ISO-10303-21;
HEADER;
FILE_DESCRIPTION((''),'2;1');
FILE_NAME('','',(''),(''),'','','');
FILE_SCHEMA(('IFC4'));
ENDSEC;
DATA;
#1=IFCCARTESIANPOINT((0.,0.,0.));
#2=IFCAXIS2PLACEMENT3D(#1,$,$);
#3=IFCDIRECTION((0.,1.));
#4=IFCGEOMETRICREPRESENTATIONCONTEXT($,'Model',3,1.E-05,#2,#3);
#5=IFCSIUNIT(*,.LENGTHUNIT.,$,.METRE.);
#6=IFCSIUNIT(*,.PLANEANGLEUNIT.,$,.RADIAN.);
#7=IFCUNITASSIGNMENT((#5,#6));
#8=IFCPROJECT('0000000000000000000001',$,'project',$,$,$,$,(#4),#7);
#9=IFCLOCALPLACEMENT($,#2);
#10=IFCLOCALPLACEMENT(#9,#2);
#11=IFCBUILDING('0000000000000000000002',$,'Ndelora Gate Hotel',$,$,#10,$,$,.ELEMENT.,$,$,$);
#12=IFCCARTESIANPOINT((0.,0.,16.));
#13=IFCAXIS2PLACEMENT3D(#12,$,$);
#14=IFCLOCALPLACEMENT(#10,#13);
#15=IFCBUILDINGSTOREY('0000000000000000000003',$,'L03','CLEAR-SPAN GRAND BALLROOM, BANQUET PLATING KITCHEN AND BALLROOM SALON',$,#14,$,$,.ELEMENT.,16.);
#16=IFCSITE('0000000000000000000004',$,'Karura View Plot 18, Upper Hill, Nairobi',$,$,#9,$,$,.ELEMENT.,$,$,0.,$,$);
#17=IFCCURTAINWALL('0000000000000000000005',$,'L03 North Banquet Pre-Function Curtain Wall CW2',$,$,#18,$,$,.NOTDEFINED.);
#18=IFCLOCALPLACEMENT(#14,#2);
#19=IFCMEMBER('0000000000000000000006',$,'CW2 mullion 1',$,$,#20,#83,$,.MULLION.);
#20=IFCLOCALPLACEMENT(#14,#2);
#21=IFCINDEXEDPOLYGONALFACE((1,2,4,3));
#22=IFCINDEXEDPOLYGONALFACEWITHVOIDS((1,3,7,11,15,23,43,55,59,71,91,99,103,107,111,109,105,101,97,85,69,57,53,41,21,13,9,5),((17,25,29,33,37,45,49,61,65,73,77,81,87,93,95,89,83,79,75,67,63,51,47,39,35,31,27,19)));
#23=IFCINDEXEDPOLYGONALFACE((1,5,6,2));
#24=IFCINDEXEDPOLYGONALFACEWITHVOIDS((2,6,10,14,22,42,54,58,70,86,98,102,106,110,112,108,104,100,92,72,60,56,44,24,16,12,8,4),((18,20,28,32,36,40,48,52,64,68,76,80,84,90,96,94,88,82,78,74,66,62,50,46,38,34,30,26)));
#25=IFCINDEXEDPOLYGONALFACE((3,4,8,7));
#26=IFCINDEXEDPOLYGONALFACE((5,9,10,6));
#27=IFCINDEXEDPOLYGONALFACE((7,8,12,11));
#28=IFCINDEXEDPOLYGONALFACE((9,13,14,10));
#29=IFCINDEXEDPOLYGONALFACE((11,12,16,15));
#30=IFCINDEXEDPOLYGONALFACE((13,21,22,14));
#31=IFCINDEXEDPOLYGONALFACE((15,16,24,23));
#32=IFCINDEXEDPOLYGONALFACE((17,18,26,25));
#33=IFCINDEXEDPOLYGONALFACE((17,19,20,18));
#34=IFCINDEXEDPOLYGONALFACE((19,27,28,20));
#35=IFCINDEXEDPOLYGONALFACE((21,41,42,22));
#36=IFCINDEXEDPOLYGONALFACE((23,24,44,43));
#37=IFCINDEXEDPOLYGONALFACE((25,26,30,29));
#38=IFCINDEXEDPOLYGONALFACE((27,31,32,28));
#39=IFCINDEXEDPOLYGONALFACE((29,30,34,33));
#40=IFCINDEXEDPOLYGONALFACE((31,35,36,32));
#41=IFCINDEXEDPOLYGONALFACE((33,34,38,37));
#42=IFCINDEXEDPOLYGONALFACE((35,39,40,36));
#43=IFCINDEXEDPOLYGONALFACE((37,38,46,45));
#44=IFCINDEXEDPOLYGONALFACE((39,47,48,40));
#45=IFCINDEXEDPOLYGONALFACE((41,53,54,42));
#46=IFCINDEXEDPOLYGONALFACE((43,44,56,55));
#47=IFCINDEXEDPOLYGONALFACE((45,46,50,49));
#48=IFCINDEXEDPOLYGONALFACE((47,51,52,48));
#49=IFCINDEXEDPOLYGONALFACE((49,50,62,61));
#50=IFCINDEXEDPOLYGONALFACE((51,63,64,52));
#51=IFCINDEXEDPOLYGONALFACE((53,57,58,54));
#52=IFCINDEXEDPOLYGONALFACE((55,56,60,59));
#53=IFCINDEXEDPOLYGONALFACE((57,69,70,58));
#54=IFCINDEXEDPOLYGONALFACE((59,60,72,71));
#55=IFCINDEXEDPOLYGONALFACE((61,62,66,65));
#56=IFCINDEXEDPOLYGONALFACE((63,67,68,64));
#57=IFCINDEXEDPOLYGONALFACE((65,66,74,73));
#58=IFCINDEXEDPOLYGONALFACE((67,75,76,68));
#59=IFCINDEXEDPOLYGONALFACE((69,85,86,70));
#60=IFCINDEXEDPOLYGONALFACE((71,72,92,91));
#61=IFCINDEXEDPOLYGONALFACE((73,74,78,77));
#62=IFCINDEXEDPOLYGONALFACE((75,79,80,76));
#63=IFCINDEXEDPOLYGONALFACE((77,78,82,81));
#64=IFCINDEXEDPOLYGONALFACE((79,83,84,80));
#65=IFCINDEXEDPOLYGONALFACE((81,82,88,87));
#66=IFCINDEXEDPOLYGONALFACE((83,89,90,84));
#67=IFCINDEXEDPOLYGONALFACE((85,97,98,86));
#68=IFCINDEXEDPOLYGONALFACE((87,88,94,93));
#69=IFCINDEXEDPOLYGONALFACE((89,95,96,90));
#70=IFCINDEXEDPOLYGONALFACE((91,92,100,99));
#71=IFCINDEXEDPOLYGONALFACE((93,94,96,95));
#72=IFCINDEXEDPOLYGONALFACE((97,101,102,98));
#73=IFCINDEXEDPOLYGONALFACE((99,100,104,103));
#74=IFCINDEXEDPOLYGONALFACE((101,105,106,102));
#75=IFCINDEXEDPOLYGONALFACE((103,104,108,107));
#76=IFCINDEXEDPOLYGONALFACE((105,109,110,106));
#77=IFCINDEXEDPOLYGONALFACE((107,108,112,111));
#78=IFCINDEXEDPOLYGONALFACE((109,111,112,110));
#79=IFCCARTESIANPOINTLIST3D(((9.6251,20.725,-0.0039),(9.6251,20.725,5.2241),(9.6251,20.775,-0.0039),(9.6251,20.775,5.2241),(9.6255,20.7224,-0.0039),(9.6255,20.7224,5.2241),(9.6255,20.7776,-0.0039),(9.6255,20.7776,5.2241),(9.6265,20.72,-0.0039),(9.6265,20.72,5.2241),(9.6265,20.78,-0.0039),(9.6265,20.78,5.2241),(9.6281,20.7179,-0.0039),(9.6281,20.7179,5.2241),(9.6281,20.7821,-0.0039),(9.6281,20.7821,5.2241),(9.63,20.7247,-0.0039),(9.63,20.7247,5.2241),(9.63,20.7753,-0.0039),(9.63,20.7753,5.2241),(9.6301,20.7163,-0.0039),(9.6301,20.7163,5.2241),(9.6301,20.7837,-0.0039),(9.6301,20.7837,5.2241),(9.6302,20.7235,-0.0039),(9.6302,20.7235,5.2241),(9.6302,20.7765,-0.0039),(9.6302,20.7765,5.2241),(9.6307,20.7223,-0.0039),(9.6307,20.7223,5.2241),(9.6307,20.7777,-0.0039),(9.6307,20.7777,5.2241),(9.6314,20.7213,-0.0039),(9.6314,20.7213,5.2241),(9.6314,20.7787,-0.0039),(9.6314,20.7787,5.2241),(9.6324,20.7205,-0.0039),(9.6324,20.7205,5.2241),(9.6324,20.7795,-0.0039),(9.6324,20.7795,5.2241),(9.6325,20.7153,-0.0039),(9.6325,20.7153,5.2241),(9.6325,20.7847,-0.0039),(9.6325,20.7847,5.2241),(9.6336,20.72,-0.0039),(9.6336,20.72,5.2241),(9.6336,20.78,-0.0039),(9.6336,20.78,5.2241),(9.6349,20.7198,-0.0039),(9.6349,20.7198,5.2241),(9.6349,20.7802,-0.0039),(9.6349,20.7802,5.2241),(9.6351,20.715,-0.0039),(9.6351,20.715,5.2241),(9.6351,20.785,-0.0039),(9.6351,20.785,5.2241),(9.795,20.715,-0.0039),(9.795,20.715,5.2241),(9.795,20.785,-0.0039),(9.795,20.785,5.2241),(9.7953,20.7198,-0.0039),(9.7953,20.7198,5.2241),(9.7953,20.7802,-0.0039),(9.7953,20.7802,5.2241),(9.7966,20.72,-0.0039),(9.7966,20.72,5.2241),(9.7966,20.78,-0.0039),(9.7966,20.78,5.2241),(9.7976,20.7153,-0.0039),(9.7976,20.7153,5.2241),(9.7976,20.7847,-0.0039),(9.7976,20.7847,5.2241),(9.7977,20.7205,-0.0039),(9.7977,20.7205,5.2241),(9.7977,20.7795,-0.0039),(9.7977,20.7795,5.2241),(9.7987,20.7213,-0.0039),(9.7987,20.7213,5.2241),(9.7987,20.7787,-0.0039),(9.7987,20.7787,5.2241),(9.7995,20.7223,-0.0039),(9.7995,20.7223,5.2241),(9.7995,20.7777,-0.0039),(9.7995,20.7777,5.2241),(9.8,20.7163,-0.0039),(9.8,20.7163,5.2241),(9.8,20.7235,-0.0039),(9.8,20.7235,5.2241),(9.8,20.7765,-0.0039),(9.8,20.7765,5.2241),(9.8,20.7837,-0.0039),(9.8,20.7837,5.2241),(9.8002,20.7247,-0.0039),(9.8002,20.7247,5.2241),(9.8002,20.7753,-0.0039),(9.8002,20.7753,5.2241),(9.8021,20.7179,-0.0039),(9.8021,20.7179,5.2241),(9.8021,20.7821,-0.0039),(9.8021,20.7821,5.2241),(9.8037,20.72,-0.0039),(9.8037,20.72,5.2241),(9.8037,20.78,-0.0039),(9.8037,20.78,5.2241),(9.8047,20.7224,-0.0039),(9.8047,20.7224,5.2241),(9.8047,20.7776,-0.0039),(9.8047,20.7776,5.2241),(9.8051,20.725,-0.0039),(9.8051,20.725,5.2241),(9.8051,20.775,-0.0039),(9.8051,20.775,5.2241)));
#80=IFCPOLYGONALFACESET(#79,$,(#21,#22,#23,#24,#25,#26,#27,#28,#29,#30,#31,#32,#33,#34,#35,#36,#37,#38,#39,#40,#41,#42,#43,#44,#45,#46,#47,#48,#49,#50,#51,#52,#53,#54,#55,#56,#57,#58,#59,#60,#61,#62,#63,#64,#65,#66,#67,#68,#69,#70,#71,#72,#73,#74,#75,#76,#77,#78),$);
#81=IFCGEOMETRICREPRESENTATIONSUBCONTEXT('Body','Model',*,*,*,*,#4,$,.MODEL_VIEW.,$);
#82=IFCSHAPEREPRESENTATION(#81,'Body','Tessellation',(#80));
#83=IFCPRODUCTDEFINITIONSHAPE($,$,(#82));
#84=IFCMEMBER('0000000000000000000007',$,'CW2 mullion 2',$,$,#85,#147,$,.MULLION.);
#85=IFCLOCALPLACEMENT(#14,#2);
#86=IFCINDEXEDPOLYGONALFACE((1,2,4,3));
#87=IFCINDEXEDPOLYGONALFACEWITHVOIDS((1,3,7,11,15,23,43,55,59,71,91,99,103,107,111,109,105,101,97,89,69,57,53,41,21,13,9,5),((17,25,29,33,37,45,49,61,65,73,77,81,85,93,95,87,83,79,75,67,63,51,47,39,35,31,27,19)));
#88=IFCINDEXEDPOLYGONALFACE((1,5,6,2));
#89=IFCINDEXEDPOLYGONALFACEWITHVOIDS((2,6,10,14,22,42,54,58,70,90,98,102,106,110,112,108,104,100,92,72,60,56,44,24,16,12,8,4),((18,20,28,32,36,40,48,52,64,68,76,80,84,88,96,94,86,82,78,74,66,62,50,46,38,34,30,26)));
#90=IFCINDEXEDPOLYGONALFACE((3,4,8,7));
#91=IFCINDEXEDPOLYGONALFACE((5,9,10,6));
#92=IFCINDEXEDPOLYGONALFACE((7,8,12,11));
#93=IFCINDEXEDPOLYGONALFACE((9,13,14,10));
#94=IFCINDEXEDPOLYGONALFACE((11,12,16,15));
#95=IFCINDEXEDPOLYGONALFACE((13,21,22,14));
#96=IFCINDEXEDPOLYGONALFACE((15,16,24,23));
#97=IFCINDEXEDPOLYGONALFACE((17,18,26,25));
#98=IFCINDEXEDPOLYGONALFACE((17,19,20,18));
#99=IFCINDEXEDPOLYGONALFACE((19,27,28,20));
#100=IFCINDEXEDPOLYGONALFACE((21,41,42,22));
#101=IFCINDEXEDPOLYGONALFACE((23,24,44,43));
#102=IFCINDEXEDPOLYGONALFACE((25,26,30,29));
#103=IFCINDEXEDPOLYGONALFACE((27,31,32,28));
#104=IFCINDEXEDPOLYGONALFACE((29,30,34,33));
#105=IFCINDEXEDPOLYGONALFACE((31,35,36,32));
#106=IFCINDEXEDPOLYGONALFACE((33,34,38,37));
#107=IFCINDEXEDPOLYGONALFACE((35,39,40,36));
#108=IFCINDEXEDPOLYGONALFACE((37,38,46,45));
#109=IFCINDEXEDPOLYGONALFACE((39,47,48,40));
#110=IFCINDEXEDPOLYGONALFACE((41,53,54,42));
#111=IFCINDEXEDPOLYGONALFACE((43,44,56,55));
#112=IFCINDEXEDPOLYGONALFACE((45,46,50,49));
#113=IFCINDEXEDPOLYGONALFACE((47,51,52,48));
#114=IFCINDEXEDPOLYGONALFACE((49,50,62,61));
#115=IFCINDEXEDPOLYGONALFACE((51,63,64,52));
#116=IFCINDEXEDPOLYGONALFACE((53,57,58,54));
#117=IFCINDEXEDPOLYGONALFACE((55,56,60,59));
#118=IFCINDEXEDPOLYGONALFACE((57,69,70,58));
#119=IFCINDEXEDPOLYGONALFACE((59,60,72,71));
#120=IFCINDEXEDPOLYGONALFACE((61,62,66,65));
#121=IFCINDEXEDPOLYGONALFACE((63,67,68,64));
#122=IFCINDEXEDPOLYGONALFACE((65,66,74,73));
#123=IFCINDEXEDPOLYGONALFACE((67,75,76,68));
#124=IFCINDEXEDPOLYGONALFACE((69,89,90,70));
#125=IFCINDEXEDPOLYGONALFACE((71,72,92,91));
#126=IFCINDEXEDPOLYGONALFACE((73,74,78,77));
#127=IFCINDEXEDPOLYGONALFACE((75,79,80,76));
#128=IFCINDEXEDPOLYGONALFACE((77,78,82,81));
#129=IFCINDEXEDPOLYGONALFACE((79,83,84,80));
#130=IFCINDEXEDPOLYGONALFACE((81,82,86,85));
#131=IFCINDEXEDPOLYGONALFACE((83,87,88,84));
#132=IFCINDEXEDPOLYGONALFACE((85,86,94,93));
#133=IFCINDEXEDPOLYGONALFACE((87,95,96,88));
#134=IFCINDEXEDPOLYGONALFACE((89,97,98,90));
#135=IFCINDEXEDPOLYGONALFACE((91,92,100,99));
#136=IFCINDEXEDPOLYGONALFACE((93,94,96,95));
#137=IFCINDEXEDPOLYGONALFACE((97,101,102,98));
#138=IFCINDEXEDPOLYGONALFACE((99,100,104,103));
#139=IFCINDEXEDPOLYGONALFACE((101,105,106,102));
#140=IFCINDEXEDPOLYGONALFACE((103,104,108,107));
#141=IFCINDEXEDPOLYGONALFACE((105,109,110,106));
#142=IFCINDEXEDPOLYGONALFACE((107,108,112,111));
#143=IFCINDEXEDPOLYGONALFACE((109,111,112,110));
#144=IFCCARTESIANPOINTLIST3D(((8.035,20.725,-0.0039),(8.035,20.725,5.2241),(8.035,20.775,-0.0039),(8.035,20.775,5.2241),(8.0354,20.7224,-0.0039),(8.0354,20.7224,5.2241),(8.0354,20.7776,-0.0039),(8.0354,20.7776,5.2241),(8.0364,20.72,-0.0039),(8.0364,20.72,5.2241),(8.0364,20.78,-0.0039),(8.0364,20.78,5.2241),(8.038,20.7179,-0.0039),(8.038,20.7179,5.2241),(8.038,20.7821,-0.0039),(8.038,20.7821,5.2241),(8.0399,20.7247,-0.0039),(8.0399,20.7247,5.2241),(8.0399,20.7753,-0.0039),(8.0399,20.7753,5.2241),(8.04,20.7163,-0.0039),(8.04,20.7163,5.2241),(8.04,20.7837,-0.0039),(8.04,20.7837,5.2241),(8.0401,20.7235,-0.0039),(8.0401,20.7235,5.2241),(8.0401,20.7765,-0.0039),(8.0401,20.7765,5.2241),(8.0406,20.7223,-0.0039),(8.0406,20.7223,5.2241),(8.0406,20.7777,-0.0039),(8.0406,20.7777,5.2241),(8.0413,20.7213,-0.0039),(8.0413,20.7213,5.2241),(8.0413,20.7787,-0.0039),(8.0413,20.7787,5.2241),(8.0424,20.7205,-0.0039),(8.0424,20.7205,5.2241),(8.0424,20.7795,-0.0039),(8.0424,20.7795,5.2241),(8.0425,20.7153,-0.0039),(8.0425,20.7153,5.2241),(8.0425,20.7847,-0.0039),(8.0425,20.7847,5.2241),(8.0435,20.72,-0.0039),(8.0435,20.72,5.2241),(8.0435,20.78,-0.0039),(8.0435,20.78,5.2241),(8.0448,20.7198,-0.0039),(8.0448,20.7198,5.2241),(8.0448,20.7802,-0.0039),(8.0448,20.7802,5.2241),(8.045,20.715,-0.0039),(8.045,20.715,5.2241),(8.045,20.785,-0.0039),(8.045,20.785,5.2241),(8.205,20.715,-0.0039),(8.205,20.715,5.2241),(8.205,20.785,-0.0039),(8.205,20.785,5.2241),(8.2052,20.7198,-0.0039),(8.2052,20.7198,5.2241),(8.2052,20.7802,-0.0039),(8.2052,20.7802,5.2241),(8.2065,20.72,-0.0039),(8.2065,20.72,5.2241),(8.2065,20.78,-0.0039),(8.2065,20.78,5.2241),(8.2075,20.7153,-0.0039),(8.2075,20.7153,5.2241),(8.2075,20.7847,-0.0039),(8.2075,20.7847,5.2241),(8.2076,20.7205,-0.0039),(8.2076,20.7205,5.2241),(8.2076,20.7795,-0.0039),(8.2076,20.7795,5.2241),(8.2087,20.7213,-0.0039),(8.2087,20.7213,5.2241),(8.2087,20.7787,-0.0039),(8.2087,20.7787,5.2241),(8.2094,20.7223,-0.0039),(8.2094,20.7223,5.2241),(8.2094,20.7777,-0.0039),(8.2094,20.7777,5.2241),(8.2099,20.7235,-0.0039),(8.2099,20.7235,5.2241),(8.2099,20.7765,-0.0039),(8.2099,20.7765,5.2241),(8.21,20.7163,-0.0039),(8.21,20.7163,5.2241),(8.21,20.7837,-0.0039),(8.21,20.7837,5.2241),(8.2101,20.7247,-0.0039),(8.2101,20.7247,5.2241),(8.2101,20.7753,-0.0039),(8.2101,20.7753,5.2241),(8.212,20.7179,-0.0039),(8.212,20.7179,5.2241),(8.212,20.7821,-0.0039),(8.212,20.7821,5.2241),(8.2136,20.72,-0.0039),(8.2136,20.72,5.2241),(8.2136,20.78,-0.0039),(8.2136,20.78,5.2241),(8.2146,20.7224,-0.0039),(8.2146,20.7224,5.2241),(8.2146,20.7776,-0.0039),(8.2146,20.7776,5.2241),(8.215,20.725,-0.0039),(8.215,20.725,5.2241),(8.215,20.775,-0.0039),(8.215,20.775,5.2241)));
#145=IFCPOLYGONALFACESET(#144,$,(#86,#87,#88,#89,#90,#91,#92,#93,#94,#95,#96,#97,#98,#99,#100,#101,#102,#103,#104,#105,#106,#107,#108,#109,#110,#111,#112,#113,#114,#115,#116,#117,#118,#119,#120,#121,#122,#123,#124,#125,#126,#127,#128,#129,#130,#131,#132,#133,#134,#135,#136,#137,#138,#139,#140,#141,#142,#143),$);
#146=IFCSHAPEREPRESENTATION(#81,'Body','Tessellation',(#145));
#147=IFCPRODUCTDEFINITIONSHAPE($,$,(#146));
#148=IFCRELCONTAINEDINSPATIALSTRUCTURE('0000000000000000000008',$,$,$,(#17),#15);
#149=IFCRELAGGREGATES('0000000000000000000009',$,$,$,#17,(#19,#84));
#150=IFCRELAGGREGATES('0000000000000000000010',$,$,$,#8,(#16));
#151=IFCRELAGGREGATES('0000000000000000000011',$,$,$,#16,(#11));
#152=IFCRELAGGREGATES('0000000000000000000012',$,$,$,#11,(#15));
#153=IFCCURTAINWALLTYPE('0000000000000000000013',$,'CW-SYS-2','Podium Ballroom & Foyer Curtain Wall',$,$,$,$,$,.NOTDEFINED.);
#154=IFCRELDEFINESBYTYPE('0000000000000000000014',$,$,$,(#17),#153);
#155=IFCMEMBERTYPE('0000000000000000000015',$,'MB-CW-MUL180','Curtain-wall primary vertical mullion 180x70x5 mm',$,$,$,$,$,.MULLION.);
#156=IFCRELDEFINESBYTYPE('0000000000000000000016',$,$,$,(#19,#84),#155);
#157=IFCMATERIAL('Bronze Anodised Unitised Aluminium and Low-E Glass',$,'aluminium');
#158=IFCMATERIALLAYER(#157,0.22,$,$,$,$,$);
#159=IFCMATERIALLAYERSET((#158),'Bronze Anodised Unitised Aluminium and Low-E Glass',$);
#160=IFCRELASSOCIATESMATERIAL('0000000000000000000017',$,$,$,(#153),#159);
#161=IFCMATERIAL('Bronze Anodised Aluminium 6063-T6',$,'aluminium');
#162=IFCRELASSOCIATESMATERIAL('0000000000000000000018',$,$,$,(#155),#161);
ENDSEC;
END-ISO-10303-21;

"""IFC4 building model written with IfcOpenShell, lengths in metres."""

from ifc_helpers import new_model, si_unit, direction, frame, origin, origin_2d, place, context, subcontext, project, spatial, hollow_rectangle, extrude, material, layer, layer_set, material_profile, profile_set, type_object, element, aggregate, save


model = new_model("IFC4")

# Units and contexts
model_context = context("Model", 3, precision=1e-05, world=origin(), true_north=direction((0.0, 1.0)))
body_context = subcontext(model_context, "Body", "Model", "MODEL_VIEW")
ifc_project = project(units=[si_unit("LENGTHUNIT", "METRE"), si_unit("PLANEANGLEUNIT", "RADIAN")], contexts=[model_context])

# Site, building, storey
site_placement = place(None, origin())
site = spatial("IfcSite", under=ifc_project, at=site_placement, Name="Karura View Plot 18, Upper Hill, Nairobi", CompositionType="ELEMENT", RefElevation=0.0)
building_placement = place(site_placement, origin())
building = spatial("IfcBuilding", under=site, at=building_placement, Name="Ndelora Gate Hotel", CompositionType="ELEMENT")
storey_placement = place(building_placement, frame((0.0, 0.0, 16.0)))
storey = spatial("IfcBuildingStorey", under=building, at=storey_placement, Name="L03", Description="CLEAR-SPAN GRAND BALLROOM, BANQUET PLATING KITCHEN AND BALLROOM SALON", CompositionType="ELEMENT", Elevation=16.0)

# Curtain wall, members
ifc_material_1 = material(Name="Bronze Anodised Unitised Aluminium and Low-E Glass", Category="aluminium")
ifc_layer_1 = layer(ifc_material_1, 0.22)
ifc_layer_set_1 = layer_set([ifc_layer_1], Name="Bronze Anodised Unitised Aluminium and Low-E Glass")
curtain_wall_type = type_object("IfcCurtainWallType", Name="CW-SYS-2", Description="Podium Ballroom & Foyer Curtain Wall", PredefinedType="NOTDEFINED", material=ifc_layer_set_1)
curtain_wall_placement = place(storey_placement, origin())
curtain_wall = element("IfcCurtainWall", 1, at=curtain_wall_placement, inside=storey, type_object=curtain_wall_type, Name="L03 North Banquet Pre-Function Curtain Wall CW2", PredefinedType="NOTDEFINED")
ifc_material_2 = material(Name="Bronze Anodised Aluminium 6063-T6", Category="aluminium")
ifc_material_profile_1 = material_profile(ifc_material_2, hollow_rectangle(XDim=0.0701, YDim=0.1799, WallThickness=0.0049, InnerFilletRadius=0.0049, OuterFilletRadius=0.01, at=origin_2d()), Name="ALU 180x70x5")
ifc_profile_set_1 = profile_set([ifc_material_profile_1], Name="Bronze Anodised Aluminium 6063-T6")
member_type_1 = type_object("IfcMemberType", Name="MB-CW-MUL180", Description="Curtain-wall primary vertical mullion 180x70x5 mm", PredefinedType="MULLION", material=ifc_profile_set_1)
member_1_placement = place(storey_placement, frame((9.7151, 20.75, -0.0039), z_axis=(0.0, 0.0, 1.0), x_axis=(0.0, -1.0, 0.0)))
member_1 = element("IfcMember", 2, at=member_1_placement, type_object=member_type_1, Name="CW2 mullion 1", PredefinedType="MULLION", context=body_context, shape_type="SweptSolid", body=[
    extrude(hollow_rectangle(XDim=0.0701, YDim=0.1799, WallThickness=0.0049, InnerFilletRadius=0.0049, OuterFilletRadius=0.01, at=origin_2d()), origin(), (0.0, 0.0, 1.0), 5.228),
])
member_2_placement = place(storey_placement, frame((8.125, 20.75, -0.0039), z_axis=(0.0, 0.0, 1.0), x_axis=(0.0, -1.0, 0.0)))
member_2 = element("IfcMember", 3, at=member_2_placement, type_object=member_type_1, Name="CW2 mullion 2", PredefinedType="MULLION", context=body_context, shape_type="SweptSolid", body=[
    extrude(hollow_rectangle(XDim=0.0701, YDim=0.1799, WallThickness=0.0049, InnerFilletRadius=0.0049, OuterFilletRadius=0.01, at=origin_2d()), origin(), (0.0, 0.0, 1.0), 5.228),
])
aggregate(curtain_wall, [member_1, member_2])

save(model, "model.ifc")
